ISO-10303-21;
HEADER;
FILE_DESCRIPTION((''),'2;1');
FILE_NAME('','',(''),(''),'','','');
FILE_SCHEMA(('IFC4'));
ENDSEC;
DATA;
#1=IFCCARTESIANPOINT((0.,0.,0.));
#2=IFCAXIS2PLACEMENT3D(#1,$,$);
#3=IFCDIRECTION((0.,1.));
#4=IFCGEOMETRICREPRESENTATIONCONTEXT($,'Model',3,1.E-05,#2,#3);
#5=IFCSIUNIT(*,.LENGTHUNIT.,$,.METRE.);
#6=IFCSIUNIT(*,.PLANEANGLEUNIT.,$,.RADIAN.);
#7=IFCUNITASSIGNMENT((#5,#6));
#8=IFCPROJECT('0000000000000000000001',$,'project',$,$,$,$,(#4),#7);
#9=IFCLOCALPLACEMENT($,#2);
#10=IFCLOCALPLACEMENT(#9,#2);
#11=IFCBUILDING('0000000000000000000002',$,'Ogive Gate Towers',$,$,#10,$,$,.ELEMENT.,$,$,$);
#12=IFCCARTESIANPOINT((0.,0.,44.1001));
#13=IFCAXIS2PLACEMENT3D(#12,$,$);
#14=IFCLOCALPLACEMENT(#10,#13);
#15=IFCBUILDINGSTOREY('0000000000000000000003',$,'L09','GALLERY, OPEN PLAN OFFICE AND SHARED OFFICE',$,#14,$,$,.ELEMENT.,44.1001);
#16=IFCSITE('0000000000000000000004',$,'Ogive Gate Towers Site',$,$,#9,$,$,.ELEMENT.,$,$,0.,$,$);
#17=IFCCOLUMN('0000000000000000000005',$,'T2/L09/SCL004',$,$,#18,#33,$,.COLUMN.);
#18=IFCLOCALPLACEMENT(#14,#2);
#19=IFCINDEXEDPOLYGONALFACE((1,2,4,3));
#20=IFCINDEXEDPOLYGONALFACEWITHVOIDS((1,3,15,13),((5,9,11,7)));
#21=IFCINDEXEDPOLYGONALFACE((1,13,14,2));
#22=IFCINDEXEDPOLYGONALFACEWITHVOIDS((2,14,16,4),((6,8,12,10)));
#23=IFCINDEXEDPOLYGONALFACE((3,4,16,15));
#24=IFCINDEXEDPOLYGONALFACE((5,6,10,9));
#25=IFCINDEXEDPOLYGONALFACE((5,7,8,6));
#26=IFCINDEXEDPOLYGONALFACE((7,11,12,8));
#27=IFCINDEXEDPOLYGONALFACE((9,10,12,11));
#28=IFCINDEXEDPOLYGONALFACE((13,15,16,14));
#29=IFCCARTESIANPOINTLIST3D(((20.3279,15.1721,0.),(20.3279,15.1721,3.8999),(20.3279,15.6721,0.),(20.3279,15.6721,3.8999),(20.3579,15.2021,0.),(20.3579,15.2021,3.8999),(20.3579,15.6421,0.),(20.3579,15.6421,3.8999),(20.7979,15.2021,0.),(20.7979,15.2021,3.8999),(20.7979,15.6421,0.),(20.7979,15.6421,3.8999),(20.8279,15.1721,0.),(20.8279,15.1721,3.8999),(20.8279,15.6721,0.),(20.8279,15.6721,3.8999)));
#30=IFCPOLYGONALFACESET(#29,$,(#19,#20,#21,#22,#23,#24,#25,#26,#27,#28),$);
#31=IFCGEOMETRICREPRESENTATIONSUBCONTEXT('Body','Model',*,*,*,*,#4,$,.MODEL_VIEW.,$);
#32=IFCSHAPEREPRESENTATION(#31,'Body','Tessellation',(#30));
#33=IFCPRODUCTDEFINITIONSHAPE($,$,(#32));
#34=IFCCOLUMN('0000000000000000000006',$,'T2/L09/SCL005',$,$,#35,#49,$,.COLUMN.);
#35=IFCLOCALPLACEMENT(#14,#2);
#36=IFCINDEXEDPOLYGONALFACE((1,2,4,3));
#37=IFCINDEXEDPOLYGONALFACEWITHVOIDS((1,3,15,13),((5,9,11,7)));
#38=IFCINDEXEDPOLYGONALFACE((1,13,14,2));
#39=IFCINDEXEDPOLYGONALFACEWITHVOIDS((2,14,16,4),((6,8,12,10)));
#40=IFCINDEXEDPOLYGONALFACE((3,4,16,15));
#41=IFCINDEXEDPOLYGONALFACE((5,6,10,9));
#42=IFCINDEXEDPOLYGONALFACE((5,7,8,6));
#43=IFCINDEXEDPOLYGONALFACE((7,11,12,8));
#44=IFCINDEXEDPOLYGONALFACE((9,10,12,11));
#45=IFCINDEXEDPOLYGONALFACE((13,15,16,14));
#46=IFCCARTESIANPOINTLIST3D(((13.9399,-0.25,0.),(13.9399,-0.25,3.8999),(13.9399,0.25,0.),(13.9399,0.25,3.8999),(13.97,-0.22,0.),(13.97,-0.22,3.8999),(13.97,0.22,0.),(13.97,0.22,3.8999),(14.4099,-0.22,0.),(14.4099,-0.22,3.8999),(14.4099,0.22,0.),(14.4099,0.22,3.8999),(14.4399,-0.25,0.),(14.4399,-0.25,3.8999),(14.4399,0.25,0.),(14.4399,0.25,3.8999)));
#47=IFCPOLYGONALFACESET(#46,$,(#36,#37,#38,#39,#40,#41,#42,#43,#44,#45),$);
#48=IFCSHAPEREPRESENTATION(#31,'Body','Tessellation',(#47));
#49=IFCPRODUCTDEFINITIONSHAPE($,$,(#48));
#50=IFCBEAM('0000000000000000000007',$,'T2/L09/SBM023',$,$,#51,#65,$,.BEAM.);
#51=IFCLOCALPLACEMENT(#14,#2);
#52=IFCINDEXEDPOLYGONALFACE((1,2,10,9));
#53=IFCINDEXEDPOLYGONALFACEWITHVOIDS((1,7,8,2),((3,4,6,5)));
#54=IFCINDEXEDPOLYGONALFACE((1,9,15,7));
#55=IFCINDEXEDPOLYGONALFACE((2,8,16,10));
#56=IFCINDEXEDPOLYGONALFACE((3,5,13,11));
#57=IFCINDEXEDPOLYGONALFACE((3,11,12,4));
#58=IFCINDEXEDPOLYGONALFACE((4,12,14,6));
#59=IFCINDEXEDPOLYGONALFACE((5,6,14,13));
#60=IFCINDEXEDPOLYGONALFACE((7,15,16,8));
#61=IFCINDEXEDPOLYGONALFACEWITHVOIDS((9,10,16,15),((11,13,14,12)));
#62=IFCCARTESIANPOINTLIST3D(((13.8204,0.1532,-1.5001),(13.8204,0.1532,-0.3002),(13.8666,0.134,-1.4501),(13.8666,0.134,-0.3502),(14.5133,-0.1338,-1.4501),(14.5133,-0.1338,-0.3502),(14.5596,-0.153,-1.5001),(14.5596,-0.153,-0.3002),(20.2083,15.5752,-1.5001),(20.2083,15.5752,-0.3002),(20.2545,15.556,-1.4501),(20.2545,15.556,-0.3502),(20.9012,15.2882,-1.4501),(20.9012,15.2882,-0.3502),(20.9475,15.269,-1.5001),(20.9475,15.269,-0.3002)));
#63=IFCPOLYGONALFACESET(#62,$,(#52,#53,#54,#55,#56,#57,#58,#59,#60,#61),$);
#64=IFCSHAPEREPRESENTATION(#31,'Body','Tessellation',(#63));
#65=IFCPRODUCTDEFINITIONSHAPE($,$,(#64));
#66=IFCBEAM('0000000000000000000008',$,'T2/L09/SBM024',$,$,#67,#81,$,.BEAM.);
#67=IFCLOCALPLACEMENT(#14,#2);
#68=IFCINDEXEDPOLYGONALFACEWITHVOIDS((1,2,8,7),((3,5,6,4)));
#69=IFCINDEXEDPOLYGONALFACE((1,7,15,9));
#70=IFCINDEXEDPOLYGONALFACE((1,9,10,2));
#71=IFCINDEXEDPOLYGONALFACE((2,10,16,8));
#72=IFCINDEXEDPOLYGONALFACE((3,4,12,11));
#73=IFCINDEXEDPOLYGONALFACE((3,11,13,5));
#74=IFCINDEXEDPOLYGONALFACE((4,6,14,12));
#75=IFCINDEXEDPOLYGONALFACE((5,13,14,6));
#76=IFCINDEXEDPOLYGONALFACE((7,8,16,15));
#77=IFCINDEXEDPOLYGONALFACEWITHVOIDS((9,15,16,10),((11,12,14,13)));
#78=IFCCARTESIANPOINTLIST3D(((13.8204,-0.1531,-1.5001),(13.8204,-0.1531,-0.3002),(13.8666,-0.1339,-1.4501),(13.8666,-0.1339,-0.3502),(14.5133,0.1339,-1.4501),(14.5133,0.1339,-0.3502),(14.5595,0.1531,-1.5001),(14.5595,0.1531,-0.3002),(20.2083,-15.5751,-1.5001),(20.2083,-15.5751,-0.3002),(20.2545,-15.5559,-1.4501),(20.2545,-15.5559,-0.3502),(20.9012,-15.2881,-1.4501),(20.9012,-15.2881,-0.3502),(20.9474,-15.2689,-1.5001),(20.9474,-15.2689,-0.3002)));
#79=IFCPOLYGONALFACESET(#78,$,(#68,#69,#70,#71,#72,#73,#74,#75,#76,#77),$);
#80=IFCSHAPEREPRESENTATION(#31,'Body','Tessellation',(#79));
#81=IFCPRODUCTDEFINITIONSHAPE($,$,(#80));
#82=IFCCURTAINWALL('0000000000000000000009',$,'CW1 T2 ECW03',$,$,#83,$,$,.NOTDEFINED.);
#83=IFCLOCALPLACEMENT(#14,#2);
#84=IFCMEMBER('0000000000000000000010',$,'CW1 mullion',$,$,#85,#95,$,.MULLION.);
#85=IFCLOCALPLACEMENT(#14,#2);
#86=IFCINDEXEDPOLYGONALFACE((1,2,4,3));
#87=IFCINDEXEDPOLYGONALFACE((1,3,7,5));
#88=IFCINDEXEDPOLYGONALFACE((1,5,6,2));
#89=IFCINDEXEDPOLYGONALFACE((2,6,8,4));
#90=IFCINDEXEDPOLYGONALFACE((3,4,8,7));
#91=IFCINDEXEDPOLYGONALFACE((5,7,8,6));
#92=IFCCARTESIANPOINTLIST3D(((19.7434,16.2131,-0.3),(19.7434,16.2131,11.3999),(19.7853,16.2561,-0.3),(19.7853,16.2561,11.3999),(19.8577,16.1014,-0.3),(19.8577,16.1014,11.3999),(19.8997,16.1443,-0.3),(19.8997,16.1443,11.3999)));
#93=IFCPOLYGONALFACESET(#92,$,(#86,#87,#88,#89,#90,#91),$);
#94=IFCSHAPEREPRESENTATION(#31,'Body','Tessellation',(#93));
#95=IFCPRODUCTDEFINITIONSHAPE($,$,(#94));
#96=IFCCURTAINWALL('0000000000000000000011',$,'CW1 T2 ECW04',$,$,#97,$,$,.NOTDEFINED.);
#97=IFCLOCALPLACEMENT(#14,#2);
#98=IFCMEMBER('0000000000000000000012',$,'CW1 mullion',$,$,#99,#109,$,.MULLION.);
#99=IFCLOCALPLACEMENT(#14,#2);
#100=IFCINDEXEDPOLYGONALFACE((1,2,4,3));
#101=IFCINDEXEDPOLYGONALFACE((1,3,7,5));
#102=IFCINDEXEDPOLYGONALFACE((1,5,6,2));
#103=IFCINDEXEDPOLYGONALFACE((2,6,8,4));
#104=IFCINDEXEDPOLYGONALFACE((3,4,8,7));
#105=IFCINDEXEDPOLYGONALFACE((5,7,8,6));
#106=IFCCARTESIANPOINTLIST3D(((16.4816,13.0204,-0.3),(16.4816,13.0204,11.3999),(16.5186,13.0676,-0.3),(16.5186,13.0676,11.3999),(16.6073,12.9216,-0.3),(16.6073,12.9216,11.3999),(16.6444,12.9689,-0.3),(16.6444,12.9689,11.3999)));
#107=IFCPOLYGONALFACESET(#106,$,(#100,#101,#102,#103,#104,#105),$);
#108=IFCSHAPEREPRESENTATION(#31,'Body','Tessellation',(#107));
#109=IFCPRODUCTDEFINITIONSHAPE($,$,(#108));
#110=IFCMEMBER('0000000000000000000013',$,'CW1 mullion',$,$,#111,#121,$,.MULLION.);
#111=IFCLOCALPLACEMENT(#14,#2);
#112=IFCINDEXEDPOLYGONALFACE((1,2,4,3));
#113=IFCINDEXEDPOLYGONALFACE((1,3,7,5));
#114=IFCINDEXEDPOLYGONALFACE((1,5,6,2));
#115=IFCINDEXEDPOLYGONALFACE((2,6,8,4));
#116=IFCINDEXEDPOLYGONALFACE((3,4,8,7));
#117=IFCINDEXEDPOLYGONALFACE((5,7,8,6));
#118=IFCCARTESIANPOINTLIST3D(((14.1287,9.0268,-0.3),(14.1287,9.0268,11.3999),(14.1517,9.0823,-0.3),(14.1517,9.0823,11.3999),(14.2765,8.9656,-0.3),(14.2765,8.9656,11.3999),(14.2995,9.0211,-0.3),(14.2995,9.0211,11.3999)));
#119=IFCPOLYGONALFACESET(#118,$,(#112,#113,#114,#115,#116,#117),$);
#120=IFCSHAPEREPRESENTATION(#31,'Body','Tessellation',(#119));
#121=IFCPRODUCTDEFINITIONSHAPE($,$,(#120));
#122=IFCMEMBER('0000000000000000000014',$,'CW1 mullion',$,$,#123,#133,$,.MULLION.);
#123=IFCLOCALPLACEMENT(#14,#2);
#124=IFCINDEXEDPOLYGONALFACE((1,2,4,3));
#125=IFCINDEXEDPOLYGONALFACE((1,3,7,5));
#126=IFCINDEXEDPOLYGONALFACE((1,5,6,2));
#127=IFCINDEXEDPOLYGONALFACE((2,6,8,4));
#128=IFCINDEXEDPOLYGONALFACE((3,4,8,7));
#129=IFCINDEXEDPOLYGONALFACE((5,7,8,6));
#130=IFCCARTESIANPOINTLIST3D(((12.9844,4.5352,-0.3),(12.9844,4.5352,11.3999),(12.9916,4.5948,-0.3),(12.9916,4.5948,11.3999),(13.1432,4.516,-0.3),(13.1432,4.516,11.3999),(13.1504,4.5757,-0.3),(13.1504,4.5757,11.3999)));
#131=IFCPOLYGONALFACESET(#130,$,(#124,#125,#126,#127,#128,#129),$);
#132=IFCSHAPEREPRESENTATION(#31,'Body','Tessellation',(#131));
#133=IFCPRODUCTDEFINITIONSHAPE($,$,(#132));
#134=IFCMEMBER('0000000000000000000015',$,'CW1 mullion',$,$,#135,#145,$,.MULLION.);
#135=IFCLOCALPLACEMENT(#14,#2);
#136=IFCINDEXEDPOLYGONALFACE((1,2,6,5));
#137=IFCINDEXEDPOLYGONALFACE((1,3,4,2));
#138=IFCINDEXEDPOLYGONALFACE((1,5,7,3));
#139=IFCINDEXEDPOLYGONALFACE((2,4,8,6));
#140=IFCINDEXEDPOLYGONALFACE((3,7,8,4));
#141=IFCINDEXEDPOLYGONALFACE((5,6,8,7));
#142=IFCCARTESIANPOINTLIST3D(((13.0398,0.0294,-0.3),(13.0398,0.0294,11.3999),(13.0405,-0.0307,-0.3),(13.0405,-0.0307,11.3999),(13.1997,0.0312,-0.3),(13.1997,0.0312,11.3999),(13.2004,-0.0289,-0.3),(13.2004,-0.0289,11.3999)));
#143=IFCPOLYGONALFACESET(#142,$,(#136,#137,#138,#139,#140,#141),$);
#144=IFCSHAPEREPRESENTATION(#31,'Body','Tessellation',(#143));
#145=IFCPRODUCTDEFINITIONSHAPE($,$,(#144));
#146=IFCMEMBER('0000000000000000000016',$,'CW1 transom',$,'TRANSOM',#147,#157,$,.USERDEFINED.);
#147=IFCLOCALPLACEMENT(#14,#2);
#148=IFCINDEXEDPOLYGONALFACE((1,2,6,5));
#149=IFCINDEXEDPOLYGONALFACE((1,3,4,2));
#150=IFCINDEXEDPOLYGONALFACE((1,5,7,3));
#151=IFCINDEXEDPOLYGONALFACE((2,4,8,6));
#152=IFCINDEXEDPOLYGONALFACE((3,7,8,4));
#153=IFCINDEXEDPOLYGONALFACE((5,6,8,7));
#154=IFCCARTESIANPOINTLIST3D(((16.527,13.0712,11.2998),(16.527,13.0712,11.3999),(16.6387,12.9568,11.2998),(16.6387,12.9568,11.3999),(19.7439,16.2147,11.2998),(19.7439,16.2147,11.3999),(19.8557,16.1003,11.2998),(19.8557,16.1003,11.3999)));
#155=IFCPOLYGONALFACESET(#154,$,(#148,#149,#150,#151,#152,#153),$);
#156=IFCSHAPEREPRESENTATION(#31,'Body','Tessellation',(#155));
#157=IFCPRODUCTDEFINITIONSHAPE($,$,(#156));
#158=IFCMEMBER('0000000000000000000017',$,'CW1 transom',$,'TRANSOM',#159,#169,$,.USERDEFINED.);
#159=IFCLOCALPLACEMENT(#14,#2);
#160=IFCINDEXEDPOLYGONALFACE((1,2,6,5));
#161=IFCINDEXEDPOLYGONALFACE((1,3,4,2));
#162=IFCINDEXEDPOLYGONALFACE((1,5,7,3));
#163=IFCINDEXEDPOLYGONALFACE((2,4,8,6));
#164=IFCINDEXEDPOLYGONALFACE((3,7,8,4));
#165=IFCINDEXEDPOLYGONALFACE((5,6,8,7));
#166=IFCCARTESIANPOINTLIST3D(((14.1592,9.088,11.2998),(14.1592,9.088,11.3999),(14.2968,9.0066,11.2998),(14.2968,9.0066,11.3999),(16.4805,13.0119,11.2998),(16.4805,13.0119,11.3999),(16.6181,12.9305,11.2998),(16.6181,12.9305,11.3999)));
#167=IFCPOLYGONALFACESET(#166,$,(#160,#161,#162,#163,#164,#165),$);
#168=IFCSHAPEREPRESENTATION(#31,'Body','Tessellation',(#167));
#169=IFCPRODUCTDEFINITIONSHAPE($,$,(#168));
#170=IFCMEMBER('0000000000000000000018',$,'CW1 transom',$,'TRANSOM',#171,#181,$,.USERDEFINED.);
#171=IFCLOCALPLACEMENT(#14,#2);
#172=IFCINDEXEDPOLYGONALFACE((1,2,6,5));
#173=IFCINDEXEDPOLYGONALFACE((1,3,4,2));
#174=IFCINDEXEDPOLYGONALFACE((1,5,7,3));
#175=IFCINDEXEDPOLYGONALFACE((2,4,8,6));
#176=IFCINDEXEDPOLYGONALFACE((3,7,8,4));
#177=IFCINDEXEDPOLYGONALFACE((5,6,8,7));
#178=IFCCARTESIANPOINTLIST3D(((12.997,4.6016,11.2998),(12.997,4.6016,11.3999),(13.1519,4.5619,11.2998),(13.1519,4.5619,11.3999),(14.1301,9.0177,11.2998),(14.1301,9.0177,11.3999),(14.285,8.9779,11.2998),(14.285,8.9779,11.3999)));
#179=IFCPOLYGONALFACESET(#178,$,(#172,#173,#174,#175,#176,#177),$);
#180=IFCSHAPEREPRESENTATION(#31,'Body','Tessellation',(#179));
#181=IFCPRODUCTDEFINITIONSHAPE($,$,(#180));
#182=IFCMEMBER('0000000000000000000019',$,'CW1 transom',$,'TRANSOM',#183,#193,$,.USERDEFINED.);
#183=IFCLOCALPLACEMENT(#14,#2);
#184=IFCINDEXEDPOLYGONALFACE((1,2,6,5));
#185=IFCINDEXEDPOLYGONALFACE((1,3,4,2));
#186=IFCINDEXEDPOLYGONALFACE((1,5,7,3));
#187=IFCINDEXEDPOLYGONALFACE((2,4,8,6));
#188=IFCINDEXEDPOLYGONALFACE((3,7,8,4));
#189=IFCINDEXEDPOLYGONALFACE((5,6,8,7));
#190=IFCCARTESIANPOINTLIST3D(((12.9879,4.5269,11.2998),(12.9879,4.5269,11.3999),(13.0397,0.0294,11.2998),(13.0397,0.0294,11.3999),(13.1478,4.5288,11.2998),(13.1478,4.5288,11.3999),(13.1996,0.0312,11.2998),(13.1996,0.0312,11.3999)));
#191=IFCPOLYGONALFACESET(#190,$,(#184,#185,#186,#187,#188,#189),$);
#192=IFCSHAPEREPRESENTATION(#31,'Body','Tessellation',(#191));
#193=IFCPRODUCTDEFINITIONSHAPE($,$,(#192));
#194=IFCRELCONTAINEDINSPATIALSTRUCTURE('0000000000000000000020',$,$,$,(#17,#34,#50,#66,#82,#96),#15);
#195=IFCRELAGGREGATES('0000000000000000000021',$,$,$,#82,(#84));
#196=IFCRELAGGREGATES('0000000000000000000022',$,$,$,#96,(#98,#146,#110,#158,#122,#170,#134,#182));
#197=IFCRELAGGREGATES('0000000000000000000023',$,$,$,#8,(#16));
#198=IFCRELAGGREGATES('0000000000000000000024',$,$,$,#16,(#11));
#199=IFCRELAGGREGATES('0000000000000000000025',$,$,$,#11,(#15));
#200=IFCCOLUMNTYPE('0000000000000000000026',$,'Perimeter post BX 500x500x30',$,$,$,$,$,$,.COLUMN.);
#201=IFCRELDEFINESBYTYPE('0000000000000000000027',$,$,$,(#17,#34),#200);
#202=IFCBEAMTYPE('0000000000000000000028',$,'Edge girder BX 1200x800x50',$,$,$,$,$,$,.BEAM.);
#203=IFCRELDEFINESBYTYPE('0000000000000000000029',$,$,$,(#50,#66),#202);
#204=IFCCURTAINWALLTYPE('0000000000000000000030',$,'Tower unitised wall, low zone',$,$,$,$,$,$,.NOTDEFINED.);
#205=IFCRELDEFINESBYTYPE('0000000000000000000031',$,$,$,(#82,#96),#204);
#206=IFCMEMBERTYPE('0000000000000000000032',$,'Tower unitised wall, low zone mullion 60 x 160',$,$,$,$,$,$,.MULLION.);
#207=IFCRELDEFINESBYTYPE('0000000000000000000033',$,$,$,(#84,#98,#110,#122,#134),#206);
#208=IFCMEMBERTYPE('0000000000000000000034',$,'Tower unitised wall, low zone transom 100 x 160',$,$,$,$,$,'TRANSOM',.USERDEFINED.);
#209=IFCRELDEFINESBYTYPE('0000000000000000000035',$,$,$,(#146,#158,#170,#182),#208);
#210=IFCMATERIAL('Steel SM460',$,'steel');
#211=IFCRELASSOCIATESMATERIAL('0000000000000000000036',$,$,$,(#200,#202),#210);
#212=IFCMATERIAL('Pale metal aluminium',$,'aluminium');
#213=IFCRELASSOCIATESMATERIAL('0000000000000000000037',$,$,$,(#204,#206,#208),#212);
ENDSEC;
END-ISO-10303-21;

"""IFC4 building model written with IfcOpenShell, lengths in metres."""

from ifc_helpers import new_model, si_unit, direction, frame, origin, origin_2d, place, context, subcontext, project, spatial, rectangle, hollow_rectangle, extrude, material, material_profile, profile_set, type_object, element, aggregate, save


model = new_model("IFC4")

# Units and contexts
model_context = context("Model", 3, precision=1e-05, world=origin(), true_north=direction((0.0, 1.0)))
body_context = subcontext(model_context, "Body", "Model", "MODEL_VIEW")
ifc_project = project(units=[si_unit("LENGTHUNIT", "METRE"), si_unit("PLANEANGLEUNIT", "RADIAN")], contexts=[model_context])

# Site, building, storey
site_placement = place(None, origin())
site = spatial("IfcSite", under=ifc_project, at=site_placement, Name="Ogive Gate Towers Site", CompositionType="ELEMENT", RefElevation=0.0)
building_placement = place(site_placement, origin())
building = spatial("IfcBuilding", under=site, at=building_placement, Name="Ogive Gate Towers", CompositionType="ELEMENT")
storey_placement = place(building_placement, frame((0.0, 0.0, 44.1001)))
storey = spatial("IfcBuildingStorey", under=building, at=storey_placement, Name="L09", Description="GALLERY, OPEN PLAN OFFICE AND SHARED OFFICE", CompositionType="ELEMENT", Elevation=44.1001)

# Columns
ifc_material_1 = material(Name="Steel SM460", Category="steel")
ifc_material_profile_1 = material_profile(ifc_material_1, hollow_rectangle(XDim=0.5, YDim=0.5, WallThickness=0.03, at=origin_2d()), Name="BX 500x500x30")
ifc_profile_set_1 = profile_set([ifc_material_profile_1], Name="Steel SM460")
column_type = type_object("IfcColumnType", Name="Perimeter post BX 500x500x30", PredefinedType="COLUMN", material=ifc_profile_set_1)
for number, where, z_axis, x_axis, name in (
    (1, (20.5779, 15.4221, 0.0), (0.0, 0.0, 1.0), (1.0, 0.0, 0.0), "T2/L09/SCL004"),
    (2, (14.1899, 0.0, 0.0), (0.0, 0.0, 1.0), (1.0, 0.0, 0.0), "T2/L09/SCL005"),
):
    element("IfcColumn", number, at=place(storey_placement, frame(where, z_axis=z_axis, x_axis=x_axis)), inside=storey, type_object=column_type, Name=name, PredefinedType="COLUMN", context=body_context, shape_type="SweptSolid", body=[
        extrude(hollow_rectangle(XDim=0.5, YDim=0.5, WallThickness=0.03, at=origin_2d()), origin(), (0.0, 0.0, 1.0), 3.8999),
    ])

# Beams
ifc_material_profile_2 = material_profile(ifc_material_1, hollow_rectangle(XDim=0.8, YDim=1.2, WallThickness=0.05, at=origin_2d()), Name="BX 1200x800x50")
ifc_profile_set_2 = profile_set([ifc_material_profile_2], Name="Steel SM460")
beam_type = type_object("IfcBeamType", Name="Edge girder BX 1200x800x50", PredefinedType="BEAM", material=ifc_profile_set_2)
for number, where, z_axis, x_axis, name in (
    (3, (20.5779, 15.4221, -0.9001), (-0.382678, -0.923882, 0.0), (0.923882, -0.382678, 0.0), "T2/L09/SBM023"),
    (4, (14.1899, 0.0, -0.9001), (0.382678, -0.923882, 0.0), (0.923882, 0.382678, 0.0), "T2/L09/SBM024"),
):
    element("IfcBeam", number, at=place(storey_placement, frame(where, z_axis=z_axis, x_axis=x_axis)), inside=storey, type_object=beam_type, Name=name, PredefinedType="BEAM", context=body_context, shape_type="SweptSolid", body=[
        extrude(hollow_rectangle(XDim=0.8, YDim=1.2, WallThickness=0.05, at=origin_2d()), origin(), (0.0, 0.0, 1.0), 16.6926),
    ])

# Curtain wall, member
ifc_material_2 = material(Name="Pale metal aluminium", Category="aluminium")
curtain_wall_type = type_object("IfcCurtainWallType", Name="Tower unitised wall, low zone", PredefinedType="NOTDEFINED", material=ifc_material_2)
curtain_wall_1_placement = place(storey_placement, origin())
curtain_wall_1 = element("IfcCurtainWall", 5, at=curtain_wall_1_placement, inside=storey, type_object=curtain_wall_type, Name="CW1 T2 ECW03", PredefinedType="NOTDEFINED")
ifc_material_profile_3 = material_profile(ifc_material_2, rectangle(XDim=0.1599, YDim=0.0601, at=origin_2d()), Name="60 x 160 aluminium box")
ifc_profile_set_3 = profile_set([ifc_material_profile_3], Name="Pale metal aluminium")
member_type_1 = type_object("IfcMemberType", Name="Tower unitised wall, low zone mullion 60 x 160", PredefinedType="MULLION", material=ifc_profile_set_3)
member_1_placement = place(storey_placement, frame((19.8215, 16.1787, -0.3), z_axis=(0.0, 0.0, 1.0), x_axis=(-0.715205, 0.698915, 0.0)))
member_1 = element("IfcMember", 6, at=member_1_placement, type_object=member_type_1, Name="CW1 mullion", PredefinedType="MULLION", context=body_context, shape_type="SweptSolid", body=[
    extrude(rectangle(XDim=0.1599, YDim=0.0601, at=origin_2d()), origin(), (0.0, 0.0, 1.0), 11.7),
])

# Curtain wall, members
curtain_wall_2_placement = place(storey_placement, origin())
curtain_wall_2 = element("IfcCurtainWall", 7, at=curtain_wall_2_placement, inside=storey, type_object=curtain_wall_type, Name="CW1 T2 ECW04", PredefinedType="NOTDEFINED")
member_2_placement = place(storey_placement, frame((16.563, 12.9946, -0.3), z_axis=(0.0, 0.0, 1.0), x_axis=(-0.786558, 0.617516, 0.0)))
member_2 = element("IfcMember", 8, at=member_2_placement, type_object=member_type_1, Name="CW1 mullion", PredefinedType="MULLION", context=body_context, shape_type="SweptSolid", body=[
    extrude(rectangle(XDim=0.1599, YDim=0.0601, at=origin_2d()), origin(), (0.0, 0.0, 1.0), 11.7),
])
member_3_placement = place(storey_placement, frame((14.2141, 9.0239, -0.3), z_axis=(0.0, 0.0, 1.0), x_axis=(-0.92388, 0.382683, 0.0)))
member_3 = element("IfcMember", 9, at=member_3_placement, type_object=member_type_1, Name="CW1 mullion", PredefinedType="MULLION", context=body_context, shape_type="SweptSolid", body=[
    extrude(rectangle(XDim=0.1599, YDim=0.0601, at=origin_2d()), origin(), (0.0, 0.0, 1.0), 11.7),
])
member_4_placement = place(storey_placement, frame((13.0674, 4.5554, -0.3), z_axis=(0.0, 0.0, 1.0), x_axis=(-0.992828, 0.119548, 0.0)))
member_4 = element("IfcMember", 10, at=member_4_placement, type_object=member_type_1, Name="CW1 mullion", PredefinedType="MULLION", context=body_context, shape_type="SweptSolid", body=[
    extrude(rectangle(XDim=0.1599, YDim=0.0601, at=origin_2d()), origin(), (0.0, 0.0, 1.0), 11.7),
])
member_5_placement = place(storey_placement, frame((13.1201, 0.0002, -0.3), z_axis=(0.0, 0.0, 1.0), x_axis=(-0.999934, -0.011501, 0.0)))
member_5 = element("IfcMember", 11, at=member_5_placement, type_object=member_type_1, Name="CW1 mullion", PredefinedType="MULLION", context=body_context, shape_type="SweptSolid", body=[
    extrude(rectangle(XDim=0.1599, YDim=0.0601, at=origin_2d()), origin(), (0.0, 0.0, 1.0), 11.7),
])
ifc_material_profile_4 = material_profile(ifc_material_2, rectangle(XDim=0.1599, YDim=0.1001, at=origin_2d()), Name="100 x 160 aluminium box")
ifc_profile_set_4 = profile_set([ifc_material_profile_4], Name="Pale metal aluminium")
member_type_2 = type_object("IfcMemberType", Name="Tower unitised wall, low zone transom 100 x 160", ElementType="TRANSOM", PredefinedType="USERDEFINED", material=ifc_profile_set_4)
member_6_placement = place(storey_placement, frame((19.7998, 16.1575, 11.3499), z_axis=(-0.715229, -0.698891, 0.0), x_axis=(0.698891, -0.715229, 0.0)))
member_6 = element("IfcMember", 12, at=member_6_placement, type_object=member_type_2, Name="CW1 transom", ObjectType="TRANSOM", PredefinedType="USERDEFINED", context=body_context, shape_type="SweptSolid", body=[
    extrude(rectangle(XDim=0.1599, YDim=0.1001, at=origin_2d()), origin(), (0.0, 0.0, 1.0), 4.4978),
])
member_7_placement = place(storey_placement, frame((16.5493, 12.9712, 11.3499), z_axis=(-0.509162, -0.860671, 0.0), x_axis=(0.860671, -0.509162, 0.0)))
member_7 = element("IfcMember", 13, at=member_7_placement, type_object=member_type_2, Name="CW1 transom", ObjectType="TRANSOM", PredefinedType="USERDEFINED", context=body_context, shape_type="SweptSolid", body=[
    extrude(rectangle(XDim=0.1599, YDim=0.1001, at=origin_2d()), origin(), (0.0, 0.0, 1.0), 4.5591),
])
member_8_placement = place(storey_placement, frame((14.2075, 8.9978, 11.3499), z_axis=(-0.248529, -0.968625, 0.0), x_axis=(0.968625, -0.248529, 0.0)))
member_8 = element("IfcMember", 14, at=member_8_placement, type_object=member_type_2, Name="CW1 transom", ObjectType="TRANSOM", PredefinedType="USERDEFINED", context=body_context, shape_type="SweptSolid", body=[
    extrude(rectangle(XDim=0.1599, YDim=0.1001, at=origin_2d()), origin(), (0.0, 0.0, 1.0), 4.5591),
])
member_9_placement = place(storey_placement, frame((13.0679, 4.5278, 11.3499), z_axis=(0.011507, -0.999934, 0.0), x_axis=(0.999934, 0.011507, 0.0)))
member_9 = element("IfcMember", 15, at=member_9_placement, type_object=member_type_2, Name="CW1 transom", ObjectType="TRANSOM", PredefinedType="USERDEFINED", context=body_context, shape_type="SweptSolid", body=[
    extrude(rectangle(XDim=0.1599, YDim=0.1001, at=origin_2d()), origin(), (0.0, 0.0, 1.0), 4.4978),
])

aggregate(curtain_wall_1, [member_1])
aggregate(curtain_wall_2, [member_2, member_6, member_3, member_7, member_4, member_8, member_5, member_9])

save(model, "model.ifc")
